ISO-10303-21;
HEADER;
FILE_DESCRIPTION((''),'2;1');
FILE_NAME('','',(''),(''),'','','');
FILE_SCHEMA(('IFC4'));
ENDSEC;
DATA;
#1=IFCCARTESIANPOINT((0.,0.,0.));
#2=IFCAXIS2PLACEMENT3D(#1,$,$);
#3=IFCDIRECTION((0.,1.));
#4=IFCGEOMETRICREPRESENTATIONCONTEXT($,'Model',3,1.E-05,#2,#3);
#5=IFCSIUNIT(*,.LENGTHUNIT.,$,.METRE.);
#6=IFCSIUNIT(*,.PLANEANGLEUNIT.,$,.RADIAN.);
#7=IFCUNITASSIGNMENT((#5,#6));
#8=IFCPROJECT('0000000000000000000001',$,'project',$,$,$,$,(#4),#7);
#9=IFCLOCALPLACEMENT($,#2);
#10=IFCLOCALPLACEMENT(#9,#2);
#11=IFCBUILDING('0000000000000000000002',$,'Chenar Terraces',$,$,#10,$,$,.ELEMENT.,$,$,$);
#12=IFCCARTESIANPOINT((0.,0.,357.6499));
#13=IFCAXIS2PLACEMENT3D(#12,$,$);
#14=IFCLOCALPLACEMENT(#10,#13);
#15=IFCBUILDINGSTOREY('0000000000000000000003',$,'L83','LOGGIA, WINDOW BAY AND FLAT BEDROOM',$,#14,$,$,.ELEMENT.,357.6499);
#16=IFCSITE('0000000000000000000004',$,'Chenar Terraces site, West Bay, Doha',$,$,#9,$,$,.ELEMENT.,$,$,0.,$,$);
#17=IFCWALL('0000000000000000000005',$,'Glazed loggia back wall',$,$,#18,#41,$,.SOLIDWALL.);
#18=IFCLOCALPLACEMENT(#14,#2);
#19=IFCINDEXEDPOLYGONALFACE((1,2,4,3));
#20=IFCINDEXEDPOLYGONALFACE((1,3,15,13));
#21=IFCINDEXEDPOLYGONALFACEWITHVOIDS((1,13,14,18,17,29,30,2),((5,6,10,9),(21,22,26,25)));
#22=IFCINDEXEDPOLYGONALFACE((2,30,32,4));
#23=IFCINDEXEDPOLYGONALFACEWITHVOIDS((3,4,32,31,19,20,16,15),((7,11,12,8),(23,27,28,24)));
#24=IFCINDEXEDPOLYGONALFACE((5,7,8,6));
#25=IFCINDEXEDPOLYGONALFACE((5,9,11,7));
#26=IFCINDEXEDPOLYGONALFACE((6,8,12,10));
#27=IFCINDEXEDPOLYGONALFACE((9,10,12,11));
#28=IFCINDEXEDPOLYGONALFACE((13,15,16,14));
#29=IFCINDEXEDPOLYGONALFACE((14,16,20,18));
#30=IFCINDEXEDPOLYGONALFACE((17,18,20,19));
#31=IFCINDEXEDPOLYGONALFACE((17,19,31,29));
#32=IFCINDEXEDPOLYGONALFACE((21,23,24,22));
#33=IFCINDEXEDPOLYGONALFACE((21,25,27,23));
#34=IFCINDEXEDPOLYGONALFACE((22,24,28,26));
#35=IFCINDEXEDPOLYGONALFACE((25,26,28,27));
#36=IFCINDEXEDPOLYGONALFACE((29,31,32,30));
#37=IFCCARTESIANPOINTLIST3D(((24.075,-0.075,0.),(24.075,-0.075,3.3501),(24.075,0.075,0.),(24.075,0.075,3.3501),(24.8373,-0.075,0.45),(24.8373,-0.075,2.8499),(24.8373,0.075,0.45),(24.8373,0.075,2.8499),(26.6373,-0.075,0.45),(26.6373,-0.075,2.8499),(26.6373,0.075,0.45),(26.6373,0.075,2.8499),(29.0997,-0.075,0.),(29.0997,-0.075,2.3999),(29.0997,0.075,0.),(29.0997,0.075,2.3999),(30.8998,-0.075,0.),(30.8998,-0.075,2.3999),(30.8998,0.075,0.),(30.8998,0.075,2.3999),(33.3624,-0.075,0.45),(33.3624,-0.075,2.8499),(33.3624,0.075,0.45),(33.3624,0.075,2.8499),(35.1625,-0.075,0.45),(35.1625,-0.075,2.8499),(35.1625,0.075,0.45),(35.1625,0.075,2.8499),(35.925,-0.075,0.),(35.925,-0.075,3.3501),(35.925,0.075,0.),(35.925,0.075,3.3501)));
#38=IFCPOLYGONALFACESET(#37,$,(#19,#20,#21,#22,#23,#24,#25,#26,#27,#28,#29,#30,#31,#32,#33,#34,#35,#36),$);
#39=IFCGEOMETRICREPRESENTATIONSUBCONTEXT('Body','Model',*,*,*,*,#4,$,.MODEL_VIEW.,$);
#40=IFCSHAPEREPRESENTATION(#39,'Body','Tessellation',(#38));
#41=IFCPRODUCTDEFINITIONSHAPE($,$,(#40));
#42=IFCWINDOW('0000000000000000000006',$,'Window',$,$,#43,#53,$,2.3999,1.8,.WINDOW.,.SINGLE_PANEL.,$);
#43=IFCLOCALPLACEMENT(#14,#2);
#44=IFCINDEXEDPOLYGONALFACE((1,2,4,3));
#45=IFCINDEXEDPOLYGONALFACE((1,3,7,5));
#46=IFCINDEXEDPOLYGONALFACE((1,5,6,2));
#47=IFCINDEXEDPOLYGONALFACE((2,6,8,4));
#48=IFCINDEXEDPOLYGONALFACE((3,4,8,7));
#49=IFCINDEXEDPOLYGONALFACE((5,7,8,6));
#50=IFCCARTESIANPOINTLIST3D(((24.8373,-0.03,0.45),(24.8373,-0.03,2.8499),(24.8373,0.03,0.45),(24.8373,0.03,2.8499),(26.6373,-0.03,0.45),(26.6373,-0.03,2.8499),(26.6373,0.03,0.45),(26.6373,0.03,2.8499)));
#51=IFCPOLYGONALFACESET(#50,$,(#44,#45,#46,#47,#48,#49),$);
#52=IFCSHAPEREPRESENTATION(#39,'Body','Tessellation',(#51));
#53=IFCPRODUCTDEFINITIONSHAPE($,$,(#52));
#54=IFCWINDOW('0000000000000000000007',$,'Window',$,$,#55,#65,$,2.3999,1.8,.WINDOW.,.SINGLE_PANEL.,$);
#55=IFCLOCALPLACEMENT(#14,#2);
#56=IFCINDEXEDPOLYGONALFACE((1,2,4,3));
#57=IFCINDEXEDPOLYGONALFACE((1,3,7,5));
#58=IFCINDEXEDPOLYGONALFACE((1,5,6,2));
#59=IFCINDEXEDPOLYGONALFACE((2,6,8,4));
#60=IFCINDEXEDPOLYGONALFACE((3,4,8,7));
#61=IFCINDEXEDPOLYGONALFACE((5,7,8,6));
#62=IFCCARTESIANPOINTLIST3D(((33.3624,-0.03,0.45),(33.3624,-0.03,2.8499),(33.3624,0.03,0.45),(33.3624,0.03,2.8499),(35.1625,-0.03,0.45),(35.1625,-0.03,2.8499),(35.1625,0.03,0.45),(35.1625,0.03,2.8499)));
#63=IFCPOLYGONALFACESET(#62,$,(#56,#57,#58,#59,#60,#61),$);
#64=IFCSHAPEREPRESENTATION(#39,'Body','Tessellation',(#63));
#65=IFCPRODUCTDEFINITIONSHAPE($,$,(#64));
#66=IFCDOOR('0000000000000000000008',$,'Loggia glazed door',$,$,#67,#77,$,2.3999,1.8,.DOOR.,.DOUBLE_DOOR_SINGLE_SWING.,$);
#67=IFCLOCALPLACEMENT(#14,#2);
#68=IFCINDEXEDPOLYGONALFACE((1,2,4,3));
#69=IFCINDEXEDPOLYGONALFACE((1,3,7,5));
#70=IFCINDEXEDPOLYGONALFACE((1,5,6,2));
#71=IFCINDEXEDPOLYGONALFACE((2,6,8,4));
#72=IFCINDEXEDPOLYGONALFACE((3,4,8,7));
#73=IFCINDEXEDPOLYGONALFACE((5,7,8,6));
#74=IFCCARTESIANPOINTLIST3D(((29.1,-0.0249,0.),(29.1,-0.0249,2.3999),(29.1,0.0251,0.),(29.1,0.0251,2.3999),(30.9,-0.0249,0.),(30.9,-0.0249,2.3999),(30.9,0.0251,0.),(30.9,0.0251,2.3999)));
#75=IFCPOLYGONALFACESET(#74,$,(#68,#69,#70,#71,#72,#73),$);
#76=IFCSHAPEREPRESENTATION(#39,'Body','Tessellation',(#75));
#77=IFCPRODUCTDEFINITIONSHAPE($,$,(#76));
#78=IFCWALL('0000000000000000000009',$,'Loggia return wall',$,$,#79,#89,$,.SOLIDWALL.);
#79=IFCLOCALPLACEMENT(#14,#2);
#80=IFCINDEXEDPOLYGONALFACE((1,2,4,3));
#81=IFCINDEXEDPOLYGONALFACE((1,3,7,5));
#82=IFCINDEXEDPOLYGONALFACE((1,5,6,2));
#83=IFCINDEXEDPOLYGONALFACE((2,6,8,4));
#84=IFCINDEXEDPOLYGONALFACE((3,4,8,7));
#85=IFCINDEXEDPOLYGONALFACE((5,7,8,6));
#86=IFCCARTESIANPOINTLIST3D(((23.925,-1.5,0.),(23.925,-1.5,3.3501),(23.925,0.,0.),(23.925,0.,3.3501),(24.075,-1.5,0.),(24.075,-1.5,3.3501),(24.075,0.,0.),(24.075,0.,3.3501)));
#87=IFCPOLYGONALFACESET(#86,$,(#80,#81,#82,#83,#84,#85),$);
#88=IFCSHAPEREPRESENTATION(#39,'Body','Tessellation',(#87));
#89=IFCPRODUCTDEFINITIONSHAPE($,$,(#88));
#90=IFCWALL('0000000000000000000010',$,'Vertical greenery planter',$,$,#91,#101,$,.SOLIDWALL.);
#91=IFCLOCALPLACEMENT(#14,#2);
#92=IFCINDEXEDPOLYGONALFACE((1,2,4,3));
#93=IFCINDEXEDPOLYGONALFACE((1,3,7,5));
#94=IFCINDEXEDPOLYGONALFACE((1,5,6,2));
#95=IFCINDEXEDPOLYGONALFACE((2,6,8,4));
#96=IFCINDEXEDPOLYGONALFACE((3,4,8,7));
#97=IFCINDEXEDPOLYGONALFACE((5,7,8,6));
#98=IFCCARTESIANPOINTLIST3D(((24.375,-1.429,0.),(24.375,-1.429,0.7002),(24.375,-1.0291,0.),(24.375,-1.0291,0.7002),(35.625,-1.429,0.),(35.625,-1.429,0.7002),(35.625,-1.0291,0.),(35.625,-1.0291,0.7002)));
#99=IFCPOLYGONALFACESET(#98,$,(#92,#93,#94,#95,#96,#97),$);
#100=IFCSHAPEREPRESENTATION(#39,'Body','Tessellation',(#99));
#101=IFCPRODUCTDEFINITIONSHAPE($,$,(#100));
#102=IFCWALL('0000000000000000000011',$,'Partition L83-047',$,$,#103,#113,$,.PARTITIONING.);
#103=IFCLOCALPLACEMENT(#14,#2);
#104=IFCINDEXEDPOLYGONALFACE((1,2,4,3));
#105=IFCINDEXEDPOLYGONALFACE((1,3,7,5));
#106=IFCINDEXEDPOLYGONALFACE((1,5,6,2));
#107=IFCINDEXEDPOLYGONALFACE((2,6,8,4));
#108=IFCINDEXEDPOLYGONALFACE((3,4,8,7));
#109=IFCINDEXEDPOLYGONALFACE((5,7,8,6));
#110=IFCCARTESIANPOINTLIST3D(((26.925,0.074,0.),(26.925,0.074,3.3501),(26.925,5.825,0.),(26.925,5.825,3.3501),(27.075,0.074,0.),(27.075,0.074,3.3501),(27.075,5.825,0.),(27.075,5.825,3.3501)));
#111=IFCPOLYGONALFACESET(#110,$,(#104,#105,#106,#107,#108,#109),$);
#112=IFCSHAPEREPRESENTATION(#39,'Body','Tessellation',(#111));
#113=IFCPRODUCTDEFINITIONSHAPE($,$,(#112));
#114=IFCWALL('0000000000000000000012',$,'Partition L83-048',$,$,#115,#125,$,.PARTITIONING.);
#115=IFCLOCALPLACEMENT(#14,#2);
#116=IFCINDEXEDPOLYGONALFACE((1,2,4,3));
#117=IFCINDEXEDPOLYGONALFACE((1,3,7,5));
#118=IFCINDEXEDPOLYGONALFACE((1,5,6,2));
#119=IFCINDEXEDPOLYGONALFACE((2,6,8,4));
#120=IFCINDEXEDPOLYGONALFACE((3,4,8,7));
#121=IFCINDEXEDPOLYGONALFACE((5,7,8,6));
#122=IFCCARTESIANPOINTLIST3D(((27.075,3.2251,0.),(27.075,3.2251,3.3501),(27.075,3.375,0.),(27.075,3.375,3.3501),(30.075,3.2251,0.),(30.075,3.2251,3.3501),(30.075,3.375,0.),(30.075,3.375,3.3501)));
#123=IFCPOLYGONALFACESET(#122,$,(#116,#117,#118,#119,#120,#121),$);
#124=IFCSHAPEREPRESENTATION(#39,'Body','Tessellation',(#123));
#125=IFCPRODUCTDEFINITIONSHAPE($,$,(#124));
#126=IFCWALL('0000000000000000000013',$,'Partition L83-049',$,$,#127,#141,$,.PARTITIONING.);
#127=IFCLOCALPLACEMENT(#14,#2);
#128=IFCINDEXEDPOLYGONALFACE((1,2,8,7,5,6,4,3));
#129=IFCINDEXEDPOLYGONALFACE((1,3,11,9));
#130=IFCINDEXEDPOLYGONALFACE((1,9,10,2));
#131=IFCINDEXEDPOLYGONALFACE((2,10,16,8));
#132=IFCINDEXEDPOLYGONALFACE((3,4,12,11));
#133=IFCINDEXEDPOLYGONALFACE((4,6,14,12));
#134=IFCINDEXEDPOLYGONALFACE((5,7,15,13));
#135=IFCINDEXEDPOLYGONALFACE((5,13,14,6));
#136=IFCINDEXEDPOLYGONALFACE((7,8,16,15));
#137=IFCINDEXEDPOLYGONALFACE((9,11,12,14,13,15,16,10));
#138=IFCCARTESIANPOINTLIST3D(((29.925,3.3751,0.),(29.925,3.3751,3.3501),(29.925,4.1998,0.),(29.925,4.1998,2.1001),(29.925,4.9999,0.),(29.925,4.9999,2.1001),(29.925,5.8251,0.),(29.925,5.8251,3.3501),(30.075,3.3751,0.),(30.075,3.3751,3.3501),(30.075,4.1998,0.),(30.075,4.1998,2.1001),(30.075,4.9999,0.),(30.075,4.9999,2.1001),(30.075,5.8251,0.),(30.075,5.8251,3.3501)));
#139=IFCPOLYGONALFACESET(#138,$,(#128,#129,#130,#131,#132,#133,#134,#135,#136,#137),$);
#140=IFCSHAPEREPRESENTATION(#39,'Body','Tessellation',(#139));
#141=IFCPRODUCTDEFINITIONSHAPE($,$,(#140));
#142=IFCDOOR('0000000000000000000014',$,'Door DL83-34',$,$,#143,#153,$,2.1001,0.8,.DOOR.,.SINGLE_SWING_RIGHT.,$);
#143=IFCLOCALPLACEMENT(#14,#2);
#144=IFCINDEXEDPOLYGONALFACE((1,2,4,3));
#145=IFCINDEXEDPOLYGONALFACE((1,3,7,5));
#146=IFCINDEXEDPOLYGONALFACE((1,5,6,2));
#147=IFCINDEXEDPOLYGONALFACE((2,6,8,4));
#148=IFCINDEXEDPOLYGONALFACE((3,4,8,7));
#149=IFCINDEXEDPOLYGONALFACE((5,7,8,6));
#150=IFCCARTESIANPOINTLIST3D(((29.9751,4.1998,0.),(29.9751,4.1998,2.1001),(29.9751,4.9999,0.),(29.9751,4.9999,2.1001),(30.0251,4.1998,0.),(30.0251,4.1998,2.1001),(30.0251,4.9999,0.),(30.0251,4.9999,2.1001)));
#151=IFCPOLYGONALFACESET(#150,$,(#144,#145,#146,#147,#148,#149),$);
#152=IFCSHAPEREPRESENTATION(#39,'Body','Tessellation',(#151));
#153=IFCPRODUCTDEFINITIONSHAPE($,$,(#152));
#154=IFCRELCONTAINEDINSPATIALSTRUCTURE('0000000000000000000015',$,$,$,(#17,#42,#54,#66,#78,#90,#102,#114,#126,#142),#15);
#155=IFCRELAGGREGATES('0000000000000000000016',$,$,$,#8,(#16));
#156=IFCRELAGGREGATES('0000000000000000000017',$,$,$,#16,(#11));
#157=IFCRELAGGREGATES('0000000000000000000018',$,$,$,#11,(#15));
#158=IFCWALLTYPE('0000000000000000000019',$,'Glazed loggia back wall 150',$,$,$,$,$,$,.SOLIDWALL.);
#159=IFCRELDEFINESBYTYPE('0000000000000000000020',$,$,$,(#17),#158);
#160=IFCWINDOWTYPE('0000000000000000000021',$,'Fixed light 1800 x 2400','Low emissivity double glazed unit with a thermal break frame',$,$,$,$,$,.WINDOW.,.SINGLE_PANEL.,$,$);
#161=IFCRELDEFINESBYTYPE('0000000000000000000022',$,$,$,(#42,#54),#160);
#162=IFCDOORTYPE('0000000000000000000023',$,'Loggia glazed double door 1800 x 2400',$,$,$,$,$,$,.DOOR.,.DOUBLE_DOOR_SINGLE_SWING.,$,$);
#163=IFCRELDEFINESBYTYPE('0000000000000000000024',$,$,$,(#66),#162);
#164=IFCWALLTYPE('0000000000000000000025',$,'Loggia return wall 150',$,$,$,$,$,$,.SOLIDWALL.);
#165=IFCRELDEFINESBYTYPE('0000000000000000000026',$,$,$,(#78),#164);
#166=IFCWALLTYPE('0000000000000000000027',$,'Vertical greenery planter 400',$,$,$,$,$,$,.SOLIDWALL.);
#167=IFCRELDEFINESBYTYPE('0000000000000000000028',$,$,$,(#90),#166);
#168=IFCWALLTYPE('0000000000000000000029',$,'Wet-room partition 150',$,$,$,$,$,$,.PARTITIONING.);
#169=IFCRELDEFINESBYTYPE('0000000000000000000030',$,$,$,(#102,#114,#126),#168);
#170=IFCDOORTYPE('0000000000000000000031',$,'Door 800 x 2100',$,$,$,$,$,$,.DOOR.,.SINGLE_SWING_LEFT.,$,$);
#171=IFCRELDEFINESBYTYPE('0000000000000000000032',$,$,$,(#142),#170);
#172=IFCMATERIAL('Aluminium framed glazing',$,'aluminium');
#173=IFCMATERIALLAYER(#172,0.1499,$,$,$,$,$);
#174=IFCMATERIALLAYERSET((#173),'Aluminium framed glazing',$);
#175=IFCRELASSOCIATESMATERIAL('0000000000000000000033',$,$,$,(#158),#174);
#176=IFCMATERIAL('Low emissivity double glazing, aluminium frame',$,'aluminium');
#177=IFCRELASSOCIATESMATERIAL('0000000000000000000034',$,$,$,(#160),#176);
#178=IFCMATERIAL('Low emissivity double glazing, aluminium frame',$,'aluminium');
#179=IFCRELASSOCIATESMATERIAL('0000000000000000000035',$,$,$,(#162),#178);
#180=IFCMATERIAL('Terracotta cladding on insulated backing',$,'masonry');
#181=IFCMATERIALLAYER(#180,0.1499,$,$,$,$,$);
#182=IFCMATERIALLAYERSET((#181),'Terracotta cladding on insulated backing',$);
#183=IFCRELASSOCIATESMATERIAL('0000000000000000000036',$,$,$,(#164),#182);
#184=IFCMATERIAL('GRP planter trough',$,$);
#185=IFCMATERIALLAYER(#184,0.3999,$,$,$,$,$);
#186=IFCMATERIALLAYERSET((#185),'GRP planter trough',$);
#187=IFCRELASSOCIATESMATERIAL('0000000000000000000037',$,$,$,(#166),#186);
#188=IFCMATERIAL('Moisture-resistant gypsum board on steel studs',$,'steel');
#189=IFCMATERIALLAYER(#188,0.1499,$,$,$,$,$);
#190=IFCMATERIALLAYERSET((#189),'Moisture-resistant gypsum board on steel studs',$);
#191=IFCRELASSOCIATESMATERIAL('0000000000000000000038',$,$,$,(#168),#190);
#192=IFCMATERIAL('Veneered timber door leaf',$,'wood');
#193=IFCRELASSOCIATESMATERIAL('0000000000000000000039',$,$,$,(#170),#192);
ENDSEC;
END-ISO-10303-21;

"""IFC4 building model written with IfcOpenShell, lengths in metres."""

from ifc_helpers import new_model, si_unit, direction, frame, frame_2d, origin, place, context, subcontext, project, spatial, rectangle, extrude, material, layer, layer_set, type_object, element, fill, save


model = new_model("IFC4")

# Units and contexts
model_context = context("Model", 3, precision=1e-05, world=origin(), true_north=direction((0.0, 1.0)))
body_context = subcontext(model_context, "Body", "Model", "MODEL_VIEW")
ifc_project = project(units=[si_unit("LENGTHUNIT", "METRE"), si_unit("PLANEANGLEUNIT", "RADIAN")], contexts=[model_context])

# Site, building, storey
site_placement = place(None, origin())
site = spatial("IfcSite", under=ifc_project, at=site_placement, Name="Chenar Terraces site, West Bay, Doha", CompositionType="ELEMENT", RefElevation=0.0)
building_placement = place(site_placement, origin())
building = spatial("IfcBuilding", under=site, at=building_placement, Name="Chenar Terraces", CompositionType="ELEMENT")
storey_placement = place(building_placement, frame((0.0, 0.0, 357.6499)))
storey = spatial("IfcBuildingStorey", under=building, at=storey_placement, Name="L83", Description="LOGGIA, WINDOW BAY AND FLAT BEDROOM", CompositionType="ELEMENT", Elevation=357.6499)

# Wall, openings, windows, door
ifc_material_1 = material(Name="Aluminium framed glazing", Category="aluminium")
ifc_layer_1 = layer(ifc_material_1, 0.1499)
ifc_layer_set_1 = layer_set([ifc_layer_1], Name="Aluminium framed glazing")
wall_type_1 = type_object("IfcWallType", Name="Glazed loggia back wall 150", PredefinedType="SOLIDWALL", material=ifc_layer_set_1)
wall_1_placement = place(storey_placement, frame((24.075, 0.0, 0.0), z_axis=(0.0, 0.0, 1.0), x_axis=(1.0, 0.0, 0.0)))
wall_1 = element("IfcWall", 1, at=wall_1_placement, inside=storey, type_object=wall_type_1, Name="Glazed loggia back wall", PredefinedType="SOLIDWALL", context=body_context, shape_type="SweptSolid", body=[
    extrude(rectangle(XDim=11.8501, YDim=0.1499, at=frame_2d((5.925, 0.0))), origin(), (0.0, 0.0, 1.0), 3.3501),
])
opening_1_placement = place(wall_1_placement, frame((0.7625, 0.0, 0.45)))
opening_1 = element("IfcOpeningElement", 2, at=opening_1_placement, cuts=wall_1, PredefinedType="OPENING", context=body_context, shape_type="SweptSolid", body=[
    extrude(rectangle(XDim=1.8, YDim=2.3999, at=frame_2d((0.8999, 1.2))), frame((0.0, 0.085, 0.0), z_axis=(0.0, -1.0, 0.0), x_axis=(1.0, 0.0, 0.0)), (0.0, 0.0, 1.0), 0.1699),
])
opening_2_placement = place(wall_1_placement, frame((5.0249, 0.0, 0.0)))
opening_2 = element("IfcOpeningElement", 3, at=opening_2_placement, cuts=wall_1, PredefinedType="OPENING", context=body_context, shape_type="SweptSolid", body=[
    extrude(rectangle(XDim=1.8, YDim=2.3999, at=frame_2d((0.8999, 1.2))), frame((0.0, 0.085, 0.0), z_axis=(0.0, -1.0, 0.0), x_axis=(1.0, 0.0, 0.0)), (0.0, 0.0, 1.0), 0.1699),
])
opening_3_placement = place(wall_1_placement, frame((9.2876, 0.0, 0.45)))
opening_3 = element("IfcOpeningElement", 4, at=opening_3_placement, cuts=wall_1, PredefinedType="OPENING", context=body_context, shape_type="SweptSolid", body=[
    extrude(rectangle(XDim=1.8, YDim=2.3999, at=frame_2d((0.8999, 1.2))), frame((0.0, 0.085, 0.0), z_axis=(0.0, -1.0, 0.0), x_axis=(1.0, 0.0, 0.0)), (0.0, 0.0, 1.0), 0.1699),
])
ifc_material_2 = material(Name="Low emissivity double glazing, aluminium frame", Category="aluminium")
window_type = type_object("IfcWindowType", Name="Fixed light 1800 x 2400", Description="Low emissivity double glazed unit with a thermal break frame", PartitioningType="SINGLE_PANEL", PredefinedType="WINDOW", material=ifc_material_2)
window_1_placement = place(opening_1_placement, origin())
window_1 = element("IfcWindow", 5, at=window_1_placement, inside=storey, type_object=window_type, Name="Window", OverallHeight=2.3999, OverallWidth=1.8, PartitioningType="SINGLE_PANEL", PredefinedType="WINDOW", context=body_context, shape_type="SweptSolid", body=[
    extrude(rectangle(XDim=1.8, YDim=2.3999, at=frame_2d((0.8999, 1.2))), frame((0.0, 0.03, 0.0), z_axis=(0.0, -1.0, 0.0), x_axis=(1.0, 0.0, 0.0)), (0.0, 0.0, 1.0), 0.0601),
])
fill(opening_1, window_1)
window_2_placement = place(opening_3_placement, origin())
window_2 = element("IfcWindow", 6, at=window_2_placement, inside=storey, type_object=window_type, Name="Window", OverallHeight=2.3999, OverallWidth=1.8, PartitioningType="SINGLE_PANEL", PredefinedType="WINDOW", context=body_context, shape_type="SweptSolid", body=[
    extrude(rectangle(XDim=1.8, YDim=2.3999, at=frame_2d((0.8999, 1.2))), frame((0.0, 0.03, 0.0), z_axis=(0.0, -1.0, 0.0), x_axis=(1.0, 0.0, 0.0)), (0.0, 0.0, 1.0), 0.0601),
])
fill(opening_3, window_2)
ifc_material_3 = material(Name="Low emissivity double glazing, aluminium frame", Category="aluminium")
door_type_1 = type_object("IfcDoorType", Name="Loggia glazed double door 1800 x 2400", OperationType="DOUBLE_DOOR_SINGLE_SWING", PredefinedType="DOOR", material=ifc_material_3)
door_1_placement = place(opening_2_placement, frame((1.8, 0.0, 0.0), z_axis=(0.0, 0.0, 1.0), x_axis=(-1.0, 0.0, 0.0)))
door_1 = element("IfcDoor", 7, at=door_1_placement, inside=storey, type_object=door_type_1, Name="Loggia glazed door", OperationType="DOUBLE_DOOR_SINGLE_SWING", OverallHeight=2.3999, OverallWidth=1.8, PredefinedType="DOOR", context=body_context, shape_type="SweptSolid", body=[
    extrude(rectangle(XDim=1.8, YDim=2.3999, at=frame_2d((0.8999, 1.2))), frame((0.0, 0.0249, 0.0), z_axis=(0.0, -1.0, 0.0), x_axis=(1.0, 0.0, 0.0)), (0.0, 0.0, 1.0), 0.05),
])
fill(opening_2, door_1)

# Walls
ifc_material_4 = material(Name="Terracotta cladding on insulated backing", Category="masonry")
ifc_layer_2 = layer(ifc_material_4, 0.1499)
ifc_layer_set_2 = layer_set([ifc_layer_2], Name="Terracotta cladding on insulated backing")
wall_type_2 = type_object("IfcWallType", Name="Loggia return wall 150", PredefinedType="SOLIDWALL", material=ifc_layer_set_2)
wall_2_placement = place(storey_placement, frame((24.0, -1.5, 0.0), z_axis=(0.0, 0.0, 1.0), x_axis=(0.0, 1.0, 0.0)))
element("IfcWall", 8, at=wall_2_placement, inside=storey, type_object=wall_type_2, Name="Loggia return wall", PredefinedType="SOLIDWALL", context=body_context, shape_type="SweptSolid", body=[
    extrude(rectangle(XDim=1.5, YDim=0.1499, at=frame_2d((0.75, 0.0))), origin(), (0.0, 0.0, 1.0), 3.3501),
])
ifc_material_5 = material(Name="GRP planter trough")
ifc_layer_3 = layer(ifc_material_5, 0.3999)
ifc_layer_set_3 = layer_set([ifc_layer_3], Name="GRP planter trough")
wall_type_3 = type_object("IfcWallType", Name="Vertical greenery planter 400", PredefinedType="SOLIDWALL", material=ifc_layer_set_3)
wall_3_placement = place(storey_placement, frame((24.375, -1.229, 0.0), z_axis=(0.0, 0.0, 1.0), x_axis=(1.0, 0.0, 0.0)))
element("IfcWall", 9, at=wall_3_placement, inside=storey, type_object=wall_type_3, Name="Vertical greenery planter", PredefinedType="SOLIDWALL", context=body_context, shape_type="SweptSolid", body=[
    extrude(rectangle(XDim=11.25, YDim=0.3999, at=frame_2d((5.625, 0.0))), origin(), (0.0, 0.0, 1.0), 0.7002),
])
ifc_material_6 = material(Name="Moisture-resistant gypsum board on steel studs", Category="steel")
ifc_layer_4 = layer(ifc_material_6, 0.1499)
ifc_layer_set_4 = layer_set([ifc_layer_4], Name="Moisture-resistant gypsum board on steel studs")
wall_type_4 = type_object("IfcWallType", Name="Wet-room partition 150", PredefinedType="PARTITIONING", material=ifc_layer_set_4)
wall_4_placement = place(storey_placement, frame((27.0, 0.074, 0.0), z_axis=(0.0, 0.0, 1.0), x_axis=(0.0, 1.0, 0.0)))
element("IfcWall", 10, at=wall_4_placement, inside=storey, type_object=wall_type_4, Name="Partition L83-047", PredefinedType="PARTITIONING", context=body_context, shape_type="SweptSolid", body=[
    extrude(rectangle(XDim=5.751, YDim=0.1499, at=frame_2d((2.8755, 0.0))), origin(), (0.0, 0.0, 1.0), 3.3501),
])
wall_5_placement = place(storey_placement, frame((27.075, 3.3, 0.0), z_axis=(0.0, 0.0, 1.0), x_axis=(1.0, 0.0, 0.0)))
element("IfcWall", 11, at=wall_5_placement, inside=storey, type_object=wall_type_4, Name="Partition L83-048", PredefinedType="PARTITIONING", context=body_context, shape_type="SweptSolid", body=[
    extrude(rectangle(XDim=3.0, YDim=0.1499, at=frame_2d((1.5, 0.0))), origin(), (0.0, 0.0, 1.0), 3.3501),
])

# Wall, opening, door
wall_6_placement = place(storey_placement, frame((30.0, 3.375, 0.0), z_axis=(0.0, 0.0, 1.0), x_axis=(0.0, 1.0, 0.0)))
wall_6 = element("IfcWall", 12, at=wall_6_placement, inside=storey, type_object=wall_type_4, Name="Partition L83-049", PredefinedType="PARTITIONING", context=body_context, shape_type="SweptSolid", body=[
    extrude(rectangle(XDim=2.45, YDim=0.1499, at=frame_2d((1.2251, 0.0))), origin(), (0.0, 0.0, 1.0), 3.3501),
])
opening_4_placement = place(wall_6_placement, frame((0.825, 0.0, 0.0)))
opening_4 = element("IfcOpeningElement", 13, at=opening_4_placement, cuts=wall_6, PredefinedType="OPENING", context=body_context, shape_type="SweptSolid", body=[
    extrude(rectangle(XDim=0.8, YDim=2.1001, at=frame_2d((0.3999, 1.05))), frame((0.0, 0.085, 0.0), z_axis=(0.0, -1.0, 0.0), x_axis=(1.0, 0.0, 0.0)), (0.0, 0.0, 1.0), 0.1699),
])
ifc_material_7 = material(Name="Veneered timber door leaf", Category="wood")
door_type_2 = type_object("IfcDoorType", Name="Door 800 x 2100", OperationType="SINGLE_SWING_LEFT", PredefinedType="DOOR", material=ifc_material_7)
door_2_placement = place(opening_4_placement, origin())
door_2 = element("IfcDoor", 14, at=door_2_placement, inside=storey, type_object=door_type_2, Name="Door DL83-34", OperationType="SINGLE_SWING_RIGHT", OverallHeight=2.1001, OverallWidth=0.8, PredefinedType="DOOR", context=body_context, shape_type="SweptSolid", body=[
    extrude(rectangle(XDim=0.8, YDim=2.1001, at=frame_2d((0.3999, 1.05))), frame((0.0, 0.0249, 0.0), z_axis=(0.0, -1.0, 0.0), x_axis=(1.0, 0.0, 0.0)), (0.0, 0.0, 1.0), 0.05),
])
fill(opening_4, door_2)

save(model, "model.ifc")
